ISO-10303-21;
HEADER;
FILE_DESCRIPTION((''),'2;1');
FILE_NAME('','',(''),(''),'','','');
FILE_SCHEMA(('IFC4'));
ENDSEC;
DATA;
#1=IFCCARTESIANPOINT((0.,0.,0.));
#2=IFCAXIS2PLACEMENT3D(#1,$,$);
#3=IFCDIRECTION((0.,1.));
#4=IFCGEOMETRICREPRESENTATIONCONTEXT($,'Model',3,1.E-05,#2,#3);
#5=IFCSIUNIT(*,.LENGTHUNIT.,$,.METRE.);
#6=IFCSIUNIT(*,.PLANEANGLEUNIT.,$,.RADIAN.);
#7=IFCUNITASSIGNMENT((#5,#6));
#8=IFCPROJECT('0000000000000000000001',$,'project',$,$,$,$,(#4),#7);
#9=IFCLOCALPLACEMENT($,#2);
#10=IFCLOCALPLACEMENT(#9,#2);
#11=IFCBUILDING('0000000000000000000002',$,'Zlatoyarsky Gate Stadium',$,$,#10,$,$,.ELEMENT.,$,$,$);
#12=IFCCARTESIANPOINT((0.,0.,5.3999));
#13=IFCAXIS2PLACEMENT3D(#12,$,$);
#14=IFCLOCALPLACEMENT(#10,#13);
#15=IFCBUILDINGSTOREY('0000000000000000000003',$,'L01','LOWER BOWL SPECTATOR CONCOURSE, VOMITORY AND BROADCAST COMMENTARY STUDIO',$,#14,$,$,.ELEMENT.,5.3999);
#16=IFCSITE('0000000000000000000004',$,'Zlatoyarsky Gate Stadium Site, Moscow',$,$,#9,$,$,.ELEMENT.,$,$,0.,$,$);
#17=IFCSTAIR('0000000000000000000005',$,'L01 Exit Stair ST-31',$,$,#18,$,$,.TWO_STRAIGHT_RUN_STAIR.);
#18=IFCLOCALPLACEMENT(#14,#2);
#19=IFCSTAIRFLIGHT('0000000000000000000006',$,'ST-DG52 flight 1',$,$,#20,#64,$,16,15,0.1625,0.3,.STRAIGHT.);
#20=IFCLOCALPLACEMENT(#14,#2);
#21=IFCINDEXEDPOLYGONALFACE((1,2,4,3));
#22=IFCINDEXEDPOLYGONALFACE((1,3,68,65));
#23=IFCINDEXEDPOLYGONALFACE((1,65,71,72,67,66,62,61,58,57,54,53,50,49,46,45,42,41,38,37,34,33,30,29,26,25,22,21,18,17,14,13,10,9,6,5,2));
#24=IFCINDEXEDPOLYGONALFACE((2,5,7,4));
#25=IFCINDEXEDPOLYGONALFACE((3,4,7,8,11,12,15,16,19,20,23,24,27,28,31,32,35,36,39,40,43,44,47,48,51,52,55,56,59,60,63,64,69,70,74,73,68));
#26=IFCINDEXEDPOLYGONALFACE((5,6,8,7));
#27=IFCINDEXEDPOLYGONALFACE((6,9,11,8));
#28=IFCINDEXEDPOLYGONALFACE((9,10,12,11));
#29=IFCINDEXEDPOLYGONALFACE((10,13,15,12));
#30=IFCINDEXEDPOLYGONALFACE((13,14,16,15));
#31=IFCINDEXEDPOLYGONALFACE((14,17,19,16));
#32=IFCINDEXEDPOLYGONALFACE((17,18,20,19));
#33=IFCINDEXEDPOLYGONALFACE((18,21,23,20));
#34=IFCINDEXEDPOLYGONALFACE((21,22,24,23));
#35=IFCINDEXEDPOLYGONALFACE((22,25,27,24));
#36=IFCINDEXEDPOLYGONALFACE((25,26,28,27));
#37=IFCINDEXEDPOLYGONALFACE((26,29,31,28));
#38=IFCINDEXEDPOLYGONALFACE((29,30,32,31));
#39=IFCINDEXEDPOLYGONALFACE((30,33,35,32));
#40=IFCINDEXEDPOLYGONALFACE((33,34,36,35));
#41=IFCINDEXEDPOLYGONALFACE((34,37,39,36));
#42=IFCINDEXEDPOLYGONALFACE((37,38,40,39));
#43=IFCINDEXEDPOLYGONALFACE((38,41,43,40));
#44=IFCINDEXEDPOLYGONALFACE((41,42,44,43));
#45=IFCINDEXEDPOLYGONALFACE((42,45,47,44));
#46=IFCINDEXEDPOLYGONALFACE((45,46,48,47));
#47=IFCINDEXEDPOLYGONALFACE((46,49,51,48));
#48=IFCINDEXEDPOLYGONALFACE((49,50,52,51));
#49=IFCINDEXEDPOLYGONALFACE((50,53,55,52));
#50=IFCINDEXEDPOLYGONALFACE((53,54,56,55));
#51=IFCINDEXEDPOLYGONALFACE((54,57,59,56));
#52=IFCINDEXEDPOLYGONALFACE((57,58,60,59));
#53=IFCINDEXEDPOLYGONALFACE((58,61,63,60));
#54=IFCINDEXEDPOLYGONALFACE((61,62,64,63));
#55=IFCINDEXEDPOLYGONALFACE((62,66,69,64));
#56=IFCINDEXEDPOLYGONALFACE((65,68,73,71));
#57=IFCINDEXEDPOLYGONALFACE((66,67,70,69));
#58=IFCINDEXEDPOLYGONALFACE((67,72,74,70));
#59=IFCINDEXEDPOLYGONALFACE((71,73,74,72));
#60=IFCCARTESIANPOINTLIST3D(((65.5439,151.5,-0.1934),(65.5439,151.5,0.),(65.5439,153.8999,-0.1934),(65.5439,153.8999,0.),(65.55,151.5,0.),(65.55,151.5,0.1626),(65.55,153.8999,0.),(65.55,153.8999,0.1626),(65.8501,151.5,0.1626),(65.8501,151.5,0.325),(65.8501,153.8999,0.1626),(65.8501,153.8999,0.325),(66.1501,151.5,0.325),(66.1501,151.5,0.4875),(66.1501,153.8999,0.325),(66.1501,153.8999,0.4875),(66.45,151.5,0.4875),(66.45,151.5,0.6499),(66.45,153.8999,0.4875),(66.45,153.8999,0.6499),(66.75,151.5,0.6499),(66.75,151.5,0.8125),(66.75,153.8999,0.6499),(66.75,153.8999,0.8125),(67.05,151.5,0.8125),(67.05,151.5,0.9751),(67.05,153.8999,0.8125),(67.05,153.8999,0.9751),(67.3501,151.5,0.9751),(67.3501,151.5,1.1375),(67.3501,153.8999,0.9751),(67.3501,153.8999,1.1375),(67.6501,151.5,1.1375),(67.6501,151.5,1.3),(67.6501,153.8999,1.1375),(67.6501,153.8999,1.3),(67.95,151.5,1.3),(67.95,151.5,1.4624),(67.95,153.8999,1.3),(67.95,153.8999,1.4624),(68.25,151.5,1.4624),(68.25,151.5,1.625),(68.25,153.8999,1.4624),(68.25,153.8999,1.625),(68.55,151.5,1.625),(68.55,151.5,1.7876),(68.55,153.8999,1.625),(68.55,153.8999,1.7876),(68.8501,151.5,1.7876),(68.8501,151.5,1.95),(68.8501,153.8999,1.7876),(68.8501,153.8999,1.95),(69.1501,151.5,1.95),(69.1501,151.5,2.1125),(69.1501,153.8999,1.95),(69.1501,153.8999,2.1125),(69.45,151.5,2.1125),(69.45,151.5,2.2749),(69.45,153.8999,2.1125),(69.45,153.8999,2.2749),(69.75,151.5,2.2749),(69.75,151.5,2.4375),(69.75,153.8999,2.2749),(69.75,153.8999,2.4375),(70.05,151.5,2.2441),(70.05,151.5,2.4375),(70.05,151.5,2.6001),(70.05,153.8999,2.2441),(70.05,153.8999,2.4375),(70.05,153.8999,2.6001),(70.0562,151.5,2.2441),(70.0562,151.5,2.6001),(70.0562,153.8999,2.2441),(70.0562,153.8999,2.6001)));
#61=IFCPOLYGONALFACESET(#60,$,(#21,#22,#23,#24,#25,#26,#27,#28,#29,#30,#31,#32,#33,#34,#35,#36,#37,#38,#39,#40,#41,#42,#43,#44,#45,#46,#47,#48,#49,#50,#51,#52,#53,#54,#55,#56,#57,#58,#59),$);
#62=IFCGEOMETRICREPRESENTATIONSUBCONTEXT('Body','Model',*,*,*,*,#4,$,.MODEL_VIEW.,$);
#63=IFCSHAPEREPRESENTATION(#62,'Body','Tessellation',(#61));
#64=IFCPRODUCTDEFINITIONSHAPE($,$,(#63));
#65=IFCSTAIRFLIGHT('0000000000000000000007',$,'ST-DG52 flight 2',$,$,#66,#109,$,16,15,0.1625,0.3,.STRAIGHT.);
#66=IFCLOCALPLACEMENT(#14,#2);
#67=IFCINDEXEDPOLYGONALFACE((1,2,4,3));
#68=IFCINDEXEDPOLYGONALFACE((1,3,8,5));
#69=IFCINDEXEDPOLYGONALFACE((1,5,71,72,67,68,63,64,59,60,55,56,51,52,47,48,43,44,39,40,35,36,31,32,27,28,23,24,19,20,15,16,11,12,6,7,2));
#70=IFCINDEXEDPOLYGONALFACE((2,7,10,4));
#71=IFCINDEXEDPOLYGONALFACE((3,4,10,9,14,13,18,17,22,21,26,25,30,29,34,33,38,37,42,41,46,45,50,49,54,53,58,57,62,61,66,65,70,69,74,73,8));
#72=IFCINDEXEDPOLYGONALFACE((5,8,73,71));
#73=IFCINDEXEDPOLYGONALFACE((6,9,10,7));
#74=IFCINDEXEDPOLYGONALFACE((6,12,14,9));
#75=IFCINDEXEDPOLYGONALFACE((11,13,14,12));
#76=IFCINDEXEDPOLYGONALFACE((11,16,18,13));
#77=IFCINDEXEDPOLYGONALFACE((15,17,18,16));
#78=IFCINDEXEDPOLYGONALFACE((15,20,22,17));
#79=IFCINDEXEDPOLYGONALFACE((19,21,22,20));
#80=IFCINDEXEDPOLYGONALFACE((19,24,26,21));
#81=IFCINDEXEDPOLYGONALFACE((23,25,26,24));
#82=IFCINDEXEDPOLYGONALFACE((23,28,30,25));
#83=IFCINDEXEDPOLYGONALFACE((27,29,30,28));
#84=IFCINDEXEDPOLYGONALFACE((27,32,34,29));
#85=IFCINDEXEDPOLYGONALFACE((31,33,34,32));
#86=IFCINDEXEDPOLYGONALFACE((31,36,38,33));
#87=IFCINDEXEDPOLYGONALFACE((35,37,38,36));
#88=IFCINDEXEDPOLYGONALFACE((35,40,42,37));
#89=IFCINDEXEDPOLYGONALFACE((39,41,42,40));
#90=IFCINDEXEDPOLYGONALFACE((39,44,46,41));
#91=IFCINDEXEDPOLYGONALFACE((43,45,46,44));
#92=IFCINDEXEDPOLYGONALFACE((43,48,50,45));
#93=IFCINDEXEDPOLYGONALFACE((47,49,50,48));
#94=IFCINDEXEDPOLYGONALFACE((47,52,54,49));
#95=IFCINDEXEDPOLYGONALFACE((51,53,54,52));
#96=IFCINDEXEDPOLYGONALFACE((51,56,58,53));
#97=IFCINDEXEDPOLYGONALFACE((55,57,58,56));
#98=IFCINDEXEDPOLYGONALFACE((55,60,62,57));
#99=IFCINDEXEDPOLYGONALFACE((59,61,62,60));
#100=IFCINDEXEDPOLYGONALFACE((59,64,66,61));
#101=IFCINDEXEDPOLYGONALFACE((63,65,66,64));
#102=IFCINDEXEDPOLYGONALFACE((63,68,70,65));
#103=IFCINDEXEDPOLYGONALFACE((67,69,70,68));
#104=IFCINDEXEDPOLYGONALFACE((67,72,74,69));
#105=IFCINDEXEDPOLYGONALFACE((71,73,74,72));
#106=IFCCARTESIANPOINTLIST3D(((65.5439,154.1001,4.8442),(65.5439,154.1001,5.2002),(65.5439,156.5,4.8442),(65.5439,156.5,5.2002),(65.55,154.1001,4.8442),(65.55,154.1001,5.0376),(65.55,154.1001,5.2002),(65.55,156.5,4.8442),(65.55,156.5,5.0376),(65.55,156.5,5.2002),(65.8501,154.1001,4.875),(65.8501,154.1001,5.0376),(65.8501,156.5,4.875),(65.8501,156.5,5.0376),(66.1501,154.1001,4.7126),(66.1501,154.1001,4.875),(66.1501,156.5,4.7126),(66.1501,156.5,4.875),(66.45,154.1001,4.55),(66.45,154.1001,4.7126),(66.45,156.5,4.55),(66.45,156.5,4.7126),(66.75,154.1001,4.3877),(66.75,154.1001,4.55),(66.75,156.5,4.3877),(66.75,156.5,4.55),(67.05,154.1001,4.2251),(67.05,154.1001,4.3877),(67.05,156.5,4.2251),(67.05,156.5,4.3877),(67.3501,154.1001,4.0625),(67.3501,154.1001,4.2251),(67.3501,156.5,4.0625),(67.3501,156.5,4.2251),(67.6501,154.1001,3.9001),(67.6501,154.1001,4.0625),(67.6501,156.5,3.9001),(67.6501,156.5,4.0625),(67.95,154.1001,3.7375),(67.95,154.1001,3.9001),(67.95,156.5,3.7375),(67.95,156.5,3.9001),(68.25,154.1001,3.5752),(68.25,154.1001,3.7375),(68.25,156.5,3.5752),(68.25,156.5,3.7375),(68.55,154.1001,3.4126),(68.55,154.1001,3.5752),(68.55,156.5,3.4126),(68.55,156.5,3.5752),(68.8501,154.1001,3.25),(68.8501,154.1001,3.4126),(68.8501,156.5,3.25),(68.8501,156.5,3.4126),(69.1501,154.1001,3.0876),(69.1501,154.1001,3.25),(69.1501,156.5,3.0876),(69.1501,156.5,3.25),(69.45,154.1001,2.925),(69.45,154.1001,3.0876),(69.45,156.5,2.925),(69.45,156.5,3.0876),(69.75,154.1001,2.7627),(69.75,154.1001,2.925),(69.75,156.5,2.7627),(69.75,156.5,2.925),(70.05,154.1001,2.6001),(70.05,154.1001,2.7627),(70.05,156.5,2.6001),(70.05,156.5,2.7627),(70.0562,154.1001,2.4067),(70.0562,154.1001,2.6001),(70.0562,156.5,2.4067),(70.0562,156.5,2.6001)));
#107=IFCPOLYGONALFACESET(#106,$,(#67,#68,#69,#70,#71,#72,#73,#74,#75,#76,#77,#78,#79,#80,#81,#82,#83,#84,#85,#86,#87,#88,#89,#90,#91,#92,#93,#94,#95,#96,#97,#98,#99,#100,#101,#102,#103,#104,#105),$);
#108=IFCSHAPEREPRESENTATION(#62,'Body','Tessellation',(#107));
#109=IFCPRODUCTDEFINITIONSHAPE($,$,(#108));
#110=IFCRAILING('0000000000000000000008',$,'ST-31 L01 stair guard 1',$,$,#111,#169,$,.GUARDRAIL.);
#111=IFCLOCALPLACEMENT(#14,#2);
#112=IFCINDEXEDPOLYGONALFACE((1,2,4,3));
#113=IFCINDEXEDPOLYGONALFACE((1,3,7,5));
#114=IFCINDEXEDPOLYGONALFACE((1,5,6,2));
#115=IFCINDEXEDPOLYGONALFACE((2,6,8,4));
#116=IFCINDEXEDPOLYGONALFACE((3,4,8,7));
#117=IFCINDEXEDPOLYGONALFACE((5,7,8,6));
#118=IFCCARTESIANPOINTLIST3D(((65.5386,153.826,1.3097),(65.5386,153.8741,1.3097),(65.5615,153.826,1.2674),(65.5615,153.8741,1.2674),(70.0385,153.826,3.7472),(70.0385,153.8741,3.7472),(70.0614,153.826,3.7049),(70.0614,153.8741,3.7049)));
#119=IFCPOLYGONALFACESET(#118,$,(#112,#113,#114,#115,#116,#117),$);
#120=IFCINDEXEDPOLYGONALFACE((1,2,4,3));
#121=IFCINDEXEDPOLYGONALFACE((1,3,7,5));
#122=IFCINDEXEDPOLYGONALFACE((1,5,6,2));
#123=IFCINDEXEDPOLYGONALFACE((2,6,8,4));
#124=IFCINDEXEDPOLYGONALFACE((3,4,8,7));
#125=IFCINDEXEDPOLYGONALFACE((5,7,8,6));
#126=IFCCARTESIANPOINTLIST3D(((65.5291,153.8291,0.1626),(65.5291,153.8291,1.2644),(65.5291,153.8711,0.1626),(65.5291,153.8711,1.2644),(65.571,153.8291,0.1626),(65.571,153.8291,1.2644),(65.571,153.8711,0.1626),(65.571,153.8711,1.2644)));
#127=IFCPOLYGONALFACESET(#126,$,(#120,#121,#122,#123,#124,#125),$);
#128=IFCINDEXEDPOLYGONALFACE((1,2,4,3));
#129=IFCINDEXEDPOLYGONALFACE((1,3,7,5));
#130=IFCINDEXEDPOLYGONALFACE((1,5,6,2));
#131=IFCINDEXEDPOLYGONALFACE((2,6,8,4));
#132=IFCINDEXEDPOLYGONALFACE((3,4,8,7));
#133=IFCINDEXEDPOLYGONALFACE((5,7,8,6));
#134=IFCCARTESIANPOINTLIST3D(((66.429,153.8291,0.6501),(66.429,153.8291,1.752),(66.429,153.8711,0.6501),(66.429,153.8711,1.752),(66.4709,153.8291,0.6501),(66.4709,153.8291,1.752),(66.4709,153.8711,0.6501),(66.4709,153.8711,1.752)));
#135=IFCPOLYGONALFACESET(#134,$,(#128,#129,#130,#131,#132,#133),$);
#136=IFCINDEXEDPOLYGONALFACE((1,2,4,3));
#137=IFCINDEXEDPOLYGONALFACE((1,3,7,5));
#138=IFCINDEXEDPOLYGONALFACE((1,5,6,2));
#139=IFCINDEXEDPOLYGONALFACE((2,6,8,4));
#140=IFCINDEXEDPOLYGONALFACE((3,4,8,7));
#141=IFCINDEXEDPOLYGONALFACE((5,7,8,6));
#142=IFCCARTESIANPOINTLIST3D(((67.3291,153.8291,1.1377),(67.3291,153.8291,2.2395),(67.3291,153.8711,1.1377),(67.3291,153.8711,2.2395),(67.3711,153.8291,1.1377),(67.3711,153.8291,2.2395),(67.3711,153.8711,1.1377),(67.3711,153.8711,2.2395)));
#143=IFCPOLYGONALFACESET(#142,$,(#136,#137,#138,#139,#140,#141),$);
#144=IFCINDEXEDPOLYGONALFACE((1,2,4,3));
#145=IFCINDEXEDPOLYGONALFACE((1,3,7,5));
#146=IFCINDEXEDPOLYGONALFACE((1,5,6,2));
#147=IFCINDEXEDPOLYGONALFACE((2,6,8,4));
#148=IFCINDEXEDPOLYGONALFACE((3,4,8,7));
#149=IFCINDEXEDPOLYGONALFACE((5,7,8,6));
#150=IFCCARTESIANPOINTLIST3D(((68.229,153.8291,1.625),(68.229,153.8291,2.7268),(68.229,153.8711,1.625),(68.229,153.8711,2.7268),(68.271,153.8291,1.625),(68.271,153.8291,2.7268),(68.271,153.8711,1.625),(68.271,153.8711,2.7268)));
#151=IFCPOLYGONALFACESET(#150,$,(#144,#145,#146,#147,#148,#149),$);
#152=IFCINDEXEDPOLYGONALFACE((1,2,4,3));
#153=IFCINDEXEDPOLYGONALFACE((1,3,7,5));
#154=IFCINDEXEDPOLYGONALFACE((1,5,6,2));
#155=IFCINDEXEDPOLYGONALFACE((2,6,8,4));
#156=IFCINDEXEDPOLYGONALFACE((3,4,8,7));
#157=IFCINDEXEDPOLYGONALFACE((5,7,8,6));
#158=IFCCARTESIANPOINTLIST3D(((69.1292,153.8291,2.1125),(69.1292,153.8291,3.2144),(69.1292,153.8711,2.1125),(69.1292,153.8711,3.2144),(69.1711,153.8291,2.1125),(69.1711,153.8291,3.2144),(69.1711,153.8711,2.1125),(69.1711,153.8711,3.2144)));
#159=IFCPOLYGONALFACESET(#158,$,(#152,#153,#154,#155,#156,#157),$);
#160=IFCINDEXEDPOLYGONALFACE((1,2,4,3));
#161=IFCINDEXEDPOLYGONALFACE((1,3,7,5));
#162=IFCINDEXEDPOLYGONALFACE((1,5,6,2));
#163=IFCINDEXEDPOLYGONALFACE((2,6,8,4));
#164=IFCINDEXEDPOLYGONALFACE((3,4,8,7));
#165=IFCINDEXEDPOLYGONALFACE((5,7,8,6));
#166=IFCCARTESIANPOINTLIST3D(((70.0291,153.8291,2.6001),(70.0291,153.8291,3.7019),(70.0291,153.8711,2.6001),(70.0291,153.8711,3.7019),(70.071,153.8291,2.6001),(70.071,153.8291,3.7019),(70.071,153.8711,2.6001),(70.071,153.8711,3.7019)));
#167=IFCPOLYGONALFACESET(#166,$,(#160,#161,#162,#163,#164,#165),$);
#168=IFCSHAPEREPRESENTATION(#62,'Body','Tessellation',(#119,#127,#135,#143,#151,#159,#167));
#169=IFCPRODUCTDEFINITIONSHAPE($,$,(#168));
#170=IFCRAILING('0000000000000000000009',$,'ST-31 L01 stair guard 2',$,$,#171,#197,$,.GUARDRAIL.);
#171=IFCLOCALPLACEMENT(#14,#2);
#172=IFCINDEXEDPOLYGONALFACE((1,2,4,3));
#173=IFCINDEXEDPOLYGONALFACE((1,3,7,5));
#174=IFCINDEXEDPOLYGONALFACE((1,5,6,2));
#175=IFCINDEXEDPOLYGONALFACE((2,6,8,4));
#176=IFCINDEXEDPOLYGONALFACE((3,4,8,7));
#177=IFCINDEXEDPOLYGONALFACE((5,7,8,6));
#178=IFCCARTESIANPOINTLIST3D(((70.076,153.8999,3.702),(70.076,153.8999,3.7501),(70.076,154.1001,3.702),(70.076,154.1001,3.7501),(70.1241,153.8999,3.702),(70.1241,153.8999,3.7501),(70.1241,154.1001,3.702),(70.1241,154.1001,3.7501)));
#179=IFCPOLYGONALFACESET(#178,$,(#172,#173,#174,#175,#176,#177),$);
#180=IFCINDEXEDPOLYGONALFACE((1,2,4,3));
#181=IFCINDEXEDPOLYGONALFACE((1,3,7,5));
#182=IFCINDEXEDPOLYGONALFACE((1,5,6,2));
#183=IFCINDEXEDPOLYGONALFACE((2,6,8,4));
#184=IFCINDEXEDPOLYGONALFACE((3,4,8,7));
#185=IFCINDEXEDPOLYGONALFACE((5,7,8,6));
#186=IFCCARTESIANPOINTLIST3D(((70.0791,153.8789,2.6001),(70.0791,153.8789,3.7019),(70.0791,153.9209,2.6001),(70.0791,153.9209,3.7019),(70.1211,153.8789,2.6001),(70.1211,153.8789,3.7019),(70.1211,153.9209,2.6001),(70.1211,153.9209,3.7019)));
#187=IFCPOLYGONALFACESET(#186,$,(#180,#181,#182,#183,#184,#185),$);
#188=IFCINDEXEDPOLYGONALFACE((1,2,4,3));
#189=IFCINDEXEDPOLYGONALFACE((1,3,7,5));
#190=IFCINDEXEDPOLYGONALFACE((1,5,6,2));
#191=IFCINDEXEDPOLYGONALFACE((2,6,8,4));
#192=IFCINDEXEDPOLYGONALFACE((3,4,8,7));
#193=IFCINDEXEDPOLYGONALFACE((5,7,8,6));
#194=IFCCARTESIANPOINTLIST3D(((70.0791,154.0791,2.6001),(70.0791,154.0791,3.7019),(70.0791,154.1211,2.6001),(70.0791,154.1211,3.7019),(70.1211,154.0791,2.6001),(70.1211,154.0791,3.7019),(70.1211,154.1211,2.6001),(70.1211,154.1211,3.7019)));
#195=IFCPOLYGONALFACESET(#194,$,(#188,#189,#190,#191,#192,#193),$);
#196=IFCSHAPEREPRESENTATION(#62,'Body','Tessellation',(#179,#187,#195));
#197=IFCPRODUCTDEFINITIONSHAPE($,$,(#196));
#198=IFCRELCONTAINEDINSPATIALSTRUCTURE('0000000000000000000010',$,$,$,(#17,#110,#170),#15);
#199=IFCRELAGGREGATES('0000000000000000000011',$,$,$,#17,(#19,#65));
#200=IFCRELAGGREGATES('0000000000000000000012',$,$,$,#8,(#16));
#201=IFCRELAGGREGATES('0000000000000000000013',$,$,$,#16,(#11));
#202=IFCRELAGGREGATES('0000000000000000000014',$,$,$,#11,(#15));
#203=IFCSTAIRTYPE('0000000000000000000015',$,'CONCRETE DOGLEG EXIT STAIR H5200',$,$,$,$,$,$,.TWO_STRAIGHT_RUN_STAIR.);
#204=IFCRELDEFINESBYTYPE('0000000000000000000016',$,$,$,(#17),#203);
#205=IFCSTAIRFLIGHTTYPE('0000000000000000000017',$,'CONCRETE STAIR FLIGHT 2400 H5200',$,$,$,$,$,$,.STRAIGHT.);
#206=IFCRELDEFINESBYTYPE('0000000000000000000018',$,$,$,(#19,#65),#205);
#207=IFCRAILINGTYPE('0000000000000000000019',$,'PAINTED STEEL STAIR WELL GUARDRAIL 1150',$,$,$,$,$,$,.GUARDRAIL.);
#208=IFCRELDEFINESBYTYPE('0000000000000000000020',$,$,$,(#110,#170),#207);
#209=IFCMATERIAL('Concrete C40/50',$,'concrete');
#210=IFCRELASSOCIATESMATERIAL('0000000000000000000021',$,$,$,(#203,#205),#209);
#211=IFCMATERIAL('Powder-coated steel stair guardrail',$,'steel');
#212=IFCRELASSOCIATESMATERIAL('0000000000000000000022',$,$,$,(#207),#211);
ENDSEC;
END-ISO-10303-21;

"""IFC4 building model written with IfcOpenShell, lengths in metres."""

from ifc_helpers import new_model, si_unit, direction, frame, origin, origin_2d, place, context, subcontext, project, spatial, polyline, rectangle, outline, extrude, material, type_object, element, aggregate, save


model = new_model("IFC4")

# Units and contexts
model_context = context("Model", 3, precision=1e-05, world=origin(), true_north=direction((0.0, 1.0)))
body_context = subcontext(model_context, "Body", "Model", "MODEL_VIEW")
ifc_project = project(units=[si_unit("LENGTHUNIT", "METRE"), si_unit("PLANEANGLEUNIT", "RADIAN")], contexts=[model_context])

# Site, building, storey
site_placement = place(None, origin())
site = spatial("IfcSite", under=ifc_project, at=site_placement, Name="Zlatoyarsky Gate Stadium Site, Moscow", CompositionType="ELEMENT", RefElevation=0.0)
building_placement = place(site_placement, origin())
building = spatial("IfcBuilding", under=site, at=building_placement, Name="Zlatoyarsky Gate Stadium", CompositionType="ELEMENT")
storey_placement = place(building_placement, frame((0.0, 0.0, 5.3999)))
storey = spatial("IfcBuildingStorey", under=building, at=storey_placement, Name="L01", Description="LOWER BOWL SPECTATOR CONCOURSE, VOMITORY AND BROADCAST COMMENTARY STUDIO", CompositionType="ELEMENT", Elevation=5.3999)

# Stair, stair flights
ifc_material_1 = material(Name="Concrete C40/50", Category="concrete")
stair_type = type_object("IfcStairType", Name="CONCRETE DOGLEG EXIT STAIR H5200", PredefinedType="TWO_STRAIGHT_RUN_STAIR", material=ifc_material_1)
stair_placement = place(storey_placement, origin())
stair = element("IfcStair", 1, at=stair_placement, inside=storey, type_object=stair_type, Name="L01 Exit Stair ST-31", PredefinedType="TWO_STRAIGHT_RUN_STAIR")
stair_flight_type = type_object("IfcStairFlightType", Name="CONCRETE STAIR FLIGHT 2400 H5200", PredefinedType="STRAIGHT", material=ifc_material_1)
stair_flight_1_placement = place(storey_placement, frame((65.55, 152.7, 0.0), z_axis=(0.0, 0.0, 1.0), x_axis=(1.0, 0.0, 0.0)))
stair_flight_1 = element("IfcStairFlight", 2, at=stair_flight_1_placement, type_object=stair_flight_type, Name="ST-DG52 flight 1", NumberOfRisers=16, NumberOfTreads=15, PredefinedType="STRAIGHT", RiserHeight=0.1625, TreadLength=0.3, context=body_context, shape_type="SweptSolid", body=[
    extrude(outline(polyline([(-0.0061, -0.1934), (-0.0061, 0.0), (0.0, 0.0), (0.0, 0.1626), (0.3, 0.1626), (0.3, 0.325), (0.6001, 0.325), (0.6001, 0.4875), (0.8999, 0.4875), (0.8999, 0.6499), (1.2, 0.6499), (1.2, 0.8125), (1.5, 0.8125), (1.5, 0.9751), (1.8, 0.9751), (1.8, 1.1375), (2.1001, 1.1375), (2.1001, 1.3), (2.3999, 1.3), (2.3999, 1.4624), (2.7, 1.4624), (2.7, 1.625), (3.0, 1.625), (3.0, 1.7876), (3.3, 1.7876), (3.3, 1.95), (3.6001, 1.95), (3.6001, 2.1125), (3.8999, 2.1125), (3.8999, 2.2749), (4.2, 2.2749), (4.2, 2.4375), (4.5, 2.4375), (4.5, 2.6001), (4.5061, 2.6001), (4.5061, 2.2441), (4.5, 2.2441), (-0.0061, -0.1934)])), frame((0.0, 1.2, 0.0), z_axis=(0.0, -1.0, 0.0), x_axis=(1.0, 0.0, 0.0)), (0.0, 0.0, 1.0), 2.3999),
])
stair_flight_2_placement = place(storey_placement, frame((70.05, 155.3, 2.6001), z_axis=(0.0, 0.0, 1.0), x_axis=(-1.0, 0.0, 0.0)))
stair_flight_2 = element("IfcStairFlight", 3, at=stair_flight_2_placement, type_object=stair_flight_type, Name="ST-DG52 flight 2", NumberOfRisers=16, NumberOfTreads=15, PredefinedType="STRAIGHT", RiserHeight=0.1625, TreadLength=0.3, context=body_context, shape_type="SweptSolid", body=[
    extrude(outline(polyline([(-0.0061, -0.1934), (-0.0061, 0.0), (0.0, 0.0), (0.0, 0.1626), (0.3, 0.1626), (0.3, 0.325), (0.6001, 0.325), (0.6001, 0.4875), (0.8999, 0.4875), (0.8999, 0.6499), (1.2, 0.6499), (1.2, 0.8125), (1.5, 0.8125), (1.5, 0.9751), (1.8, 0.9751), (1.8, 1.1375), (2.1001, 1.1375), (2.1001, 1.3), (2.3999, 1.3), (2.3999, 1.4624), (2.7, 1.4624), (2.7, 1.625), (3.0, 1.625), (3.0, 1.7876), (3.3, 1.7876), (3.3, 1.95), (3.6001, 1.95), (3.6001, 2.1125), (3.8999, 2.1125), (3.8999, 2.2749), (4.2, 2.2749), (4.2, 2.4375), (4.5, 2.4375), (4.5, 2.6001), (4.5061, 2.6001), (4.5061, 2.2441), (4.5, 2.2441), (-0.0061, -0.1934)])), frame((0.0, 1.2, 0.0), z_axis=(0.0, -1.0, 0.0), x_axis=(1.0, 0.0, 0.0)), (0.0, 0.0, 1.0), 2.3999),
])
aggregate(stair, [stair_flight_1, stair_flight_2])

# Railings
ifc_material_2 = material(Name="Powder-coated steel stair guardrail", Category="steel")
railing_type_1 = type_object("IfcRailingType", Name="PAINTED STEEL STAIR WELL GUARDRAIL 1150", PredefinedType="GUARDRAIL", material=ifc_material_2)
railing_1_placement = place(storey_placement, frame((65.55, 153.8501, 0.1626)))
element("IfcRailing", 4, at=railing_1_placement, inside=storey, type_object=railing_type_1, Name="ST-31 L01 stair guard 1", PredefinedType="GUARDRAIL", context=body_context, shape_type="SweptSolid", body=[
    extrude(rectangle(XDim=0.0481, YDim=0.0481, at=origin_2d()), frame((0.0, 0.0, 1.126), z_axis=(0.879292, 0.0, 0.476283), x_axis=(0.0, 1.0, 0.0)), (0.0, 0.0, 1.0), 5.1177),
    extrude(rectangle(XDim=0.042, YDim=0.042, at=origin_2d()), origin(), (0.0, 0.0, 1.0), 1.1018),
    extrude(rectangle(XDim=0.042, YDim=0.042, at=origin_2d()), frame((0.8999, 0.0, 0.4875)), (0.0, 0.0, 1.0), 1.1018),
    extrude(rectangle(XDim=0.042, YDim=0.042, at=origin_2d()), frame((1.8, 0.0, 0.9751)), (0.0, 0.0, 1.0), 1.1018),
    extrude(rectangle(XDim=0.042, YDim=0.042, at=origin_2d()), frame((2.7, 0.0, 1.4624)), (0.0, 0.0, 1.0), 1.1018),
    extrude(rectangle(XDim=0.042, YDim=0.042, at=origin_2d()), frame((3.6001, 0.0, 1.95)), (0.0, 0.0, 1.0), 1.1018),
    extrude(rectangle(XDim=0.042, YDim=0.042, at=origin_2d()), frame((4.5, 0.0, 2.4375)), (0.0, 0.0, 1.0), 1.1018),
])
railing_2_placement = place(storey_placement, frame((70.1001, 153.8999, 2.6001)))
element("IfcRailing", 5, at=railing_2_placement, inside=storey, type_object=railing_type_1, Name="ST-31 L01 stair guard 2", PredefinedType="GUARDRAIL", context=body_context, shape_type="SweptSolid", body=[
    extrude(rectangle(XDim=0.0481, YDim=0.0481, at=origin_2d()), frame((0.0, 0.0, 1.126), z_axis=(0.0, 1.0, 0.0), x_axis=(-1.0, 0.0, 0.0)), (0.0, 0.0, 1.0), 0.2002),
    extrude(rectangle(XDim=0.042, YDim=0.042, at=origin_2d()), origin(), (0.0, 0.0, 1.0), 1.1018),
    extrude(rectangle(XDim=0.042, YDim=0.042, at=origin_2d()), frame((0.0, 0.2002, 0.0)), (0.0, 0.0, 1.0), 1.1018),
])

save(model, "model.ifc")
